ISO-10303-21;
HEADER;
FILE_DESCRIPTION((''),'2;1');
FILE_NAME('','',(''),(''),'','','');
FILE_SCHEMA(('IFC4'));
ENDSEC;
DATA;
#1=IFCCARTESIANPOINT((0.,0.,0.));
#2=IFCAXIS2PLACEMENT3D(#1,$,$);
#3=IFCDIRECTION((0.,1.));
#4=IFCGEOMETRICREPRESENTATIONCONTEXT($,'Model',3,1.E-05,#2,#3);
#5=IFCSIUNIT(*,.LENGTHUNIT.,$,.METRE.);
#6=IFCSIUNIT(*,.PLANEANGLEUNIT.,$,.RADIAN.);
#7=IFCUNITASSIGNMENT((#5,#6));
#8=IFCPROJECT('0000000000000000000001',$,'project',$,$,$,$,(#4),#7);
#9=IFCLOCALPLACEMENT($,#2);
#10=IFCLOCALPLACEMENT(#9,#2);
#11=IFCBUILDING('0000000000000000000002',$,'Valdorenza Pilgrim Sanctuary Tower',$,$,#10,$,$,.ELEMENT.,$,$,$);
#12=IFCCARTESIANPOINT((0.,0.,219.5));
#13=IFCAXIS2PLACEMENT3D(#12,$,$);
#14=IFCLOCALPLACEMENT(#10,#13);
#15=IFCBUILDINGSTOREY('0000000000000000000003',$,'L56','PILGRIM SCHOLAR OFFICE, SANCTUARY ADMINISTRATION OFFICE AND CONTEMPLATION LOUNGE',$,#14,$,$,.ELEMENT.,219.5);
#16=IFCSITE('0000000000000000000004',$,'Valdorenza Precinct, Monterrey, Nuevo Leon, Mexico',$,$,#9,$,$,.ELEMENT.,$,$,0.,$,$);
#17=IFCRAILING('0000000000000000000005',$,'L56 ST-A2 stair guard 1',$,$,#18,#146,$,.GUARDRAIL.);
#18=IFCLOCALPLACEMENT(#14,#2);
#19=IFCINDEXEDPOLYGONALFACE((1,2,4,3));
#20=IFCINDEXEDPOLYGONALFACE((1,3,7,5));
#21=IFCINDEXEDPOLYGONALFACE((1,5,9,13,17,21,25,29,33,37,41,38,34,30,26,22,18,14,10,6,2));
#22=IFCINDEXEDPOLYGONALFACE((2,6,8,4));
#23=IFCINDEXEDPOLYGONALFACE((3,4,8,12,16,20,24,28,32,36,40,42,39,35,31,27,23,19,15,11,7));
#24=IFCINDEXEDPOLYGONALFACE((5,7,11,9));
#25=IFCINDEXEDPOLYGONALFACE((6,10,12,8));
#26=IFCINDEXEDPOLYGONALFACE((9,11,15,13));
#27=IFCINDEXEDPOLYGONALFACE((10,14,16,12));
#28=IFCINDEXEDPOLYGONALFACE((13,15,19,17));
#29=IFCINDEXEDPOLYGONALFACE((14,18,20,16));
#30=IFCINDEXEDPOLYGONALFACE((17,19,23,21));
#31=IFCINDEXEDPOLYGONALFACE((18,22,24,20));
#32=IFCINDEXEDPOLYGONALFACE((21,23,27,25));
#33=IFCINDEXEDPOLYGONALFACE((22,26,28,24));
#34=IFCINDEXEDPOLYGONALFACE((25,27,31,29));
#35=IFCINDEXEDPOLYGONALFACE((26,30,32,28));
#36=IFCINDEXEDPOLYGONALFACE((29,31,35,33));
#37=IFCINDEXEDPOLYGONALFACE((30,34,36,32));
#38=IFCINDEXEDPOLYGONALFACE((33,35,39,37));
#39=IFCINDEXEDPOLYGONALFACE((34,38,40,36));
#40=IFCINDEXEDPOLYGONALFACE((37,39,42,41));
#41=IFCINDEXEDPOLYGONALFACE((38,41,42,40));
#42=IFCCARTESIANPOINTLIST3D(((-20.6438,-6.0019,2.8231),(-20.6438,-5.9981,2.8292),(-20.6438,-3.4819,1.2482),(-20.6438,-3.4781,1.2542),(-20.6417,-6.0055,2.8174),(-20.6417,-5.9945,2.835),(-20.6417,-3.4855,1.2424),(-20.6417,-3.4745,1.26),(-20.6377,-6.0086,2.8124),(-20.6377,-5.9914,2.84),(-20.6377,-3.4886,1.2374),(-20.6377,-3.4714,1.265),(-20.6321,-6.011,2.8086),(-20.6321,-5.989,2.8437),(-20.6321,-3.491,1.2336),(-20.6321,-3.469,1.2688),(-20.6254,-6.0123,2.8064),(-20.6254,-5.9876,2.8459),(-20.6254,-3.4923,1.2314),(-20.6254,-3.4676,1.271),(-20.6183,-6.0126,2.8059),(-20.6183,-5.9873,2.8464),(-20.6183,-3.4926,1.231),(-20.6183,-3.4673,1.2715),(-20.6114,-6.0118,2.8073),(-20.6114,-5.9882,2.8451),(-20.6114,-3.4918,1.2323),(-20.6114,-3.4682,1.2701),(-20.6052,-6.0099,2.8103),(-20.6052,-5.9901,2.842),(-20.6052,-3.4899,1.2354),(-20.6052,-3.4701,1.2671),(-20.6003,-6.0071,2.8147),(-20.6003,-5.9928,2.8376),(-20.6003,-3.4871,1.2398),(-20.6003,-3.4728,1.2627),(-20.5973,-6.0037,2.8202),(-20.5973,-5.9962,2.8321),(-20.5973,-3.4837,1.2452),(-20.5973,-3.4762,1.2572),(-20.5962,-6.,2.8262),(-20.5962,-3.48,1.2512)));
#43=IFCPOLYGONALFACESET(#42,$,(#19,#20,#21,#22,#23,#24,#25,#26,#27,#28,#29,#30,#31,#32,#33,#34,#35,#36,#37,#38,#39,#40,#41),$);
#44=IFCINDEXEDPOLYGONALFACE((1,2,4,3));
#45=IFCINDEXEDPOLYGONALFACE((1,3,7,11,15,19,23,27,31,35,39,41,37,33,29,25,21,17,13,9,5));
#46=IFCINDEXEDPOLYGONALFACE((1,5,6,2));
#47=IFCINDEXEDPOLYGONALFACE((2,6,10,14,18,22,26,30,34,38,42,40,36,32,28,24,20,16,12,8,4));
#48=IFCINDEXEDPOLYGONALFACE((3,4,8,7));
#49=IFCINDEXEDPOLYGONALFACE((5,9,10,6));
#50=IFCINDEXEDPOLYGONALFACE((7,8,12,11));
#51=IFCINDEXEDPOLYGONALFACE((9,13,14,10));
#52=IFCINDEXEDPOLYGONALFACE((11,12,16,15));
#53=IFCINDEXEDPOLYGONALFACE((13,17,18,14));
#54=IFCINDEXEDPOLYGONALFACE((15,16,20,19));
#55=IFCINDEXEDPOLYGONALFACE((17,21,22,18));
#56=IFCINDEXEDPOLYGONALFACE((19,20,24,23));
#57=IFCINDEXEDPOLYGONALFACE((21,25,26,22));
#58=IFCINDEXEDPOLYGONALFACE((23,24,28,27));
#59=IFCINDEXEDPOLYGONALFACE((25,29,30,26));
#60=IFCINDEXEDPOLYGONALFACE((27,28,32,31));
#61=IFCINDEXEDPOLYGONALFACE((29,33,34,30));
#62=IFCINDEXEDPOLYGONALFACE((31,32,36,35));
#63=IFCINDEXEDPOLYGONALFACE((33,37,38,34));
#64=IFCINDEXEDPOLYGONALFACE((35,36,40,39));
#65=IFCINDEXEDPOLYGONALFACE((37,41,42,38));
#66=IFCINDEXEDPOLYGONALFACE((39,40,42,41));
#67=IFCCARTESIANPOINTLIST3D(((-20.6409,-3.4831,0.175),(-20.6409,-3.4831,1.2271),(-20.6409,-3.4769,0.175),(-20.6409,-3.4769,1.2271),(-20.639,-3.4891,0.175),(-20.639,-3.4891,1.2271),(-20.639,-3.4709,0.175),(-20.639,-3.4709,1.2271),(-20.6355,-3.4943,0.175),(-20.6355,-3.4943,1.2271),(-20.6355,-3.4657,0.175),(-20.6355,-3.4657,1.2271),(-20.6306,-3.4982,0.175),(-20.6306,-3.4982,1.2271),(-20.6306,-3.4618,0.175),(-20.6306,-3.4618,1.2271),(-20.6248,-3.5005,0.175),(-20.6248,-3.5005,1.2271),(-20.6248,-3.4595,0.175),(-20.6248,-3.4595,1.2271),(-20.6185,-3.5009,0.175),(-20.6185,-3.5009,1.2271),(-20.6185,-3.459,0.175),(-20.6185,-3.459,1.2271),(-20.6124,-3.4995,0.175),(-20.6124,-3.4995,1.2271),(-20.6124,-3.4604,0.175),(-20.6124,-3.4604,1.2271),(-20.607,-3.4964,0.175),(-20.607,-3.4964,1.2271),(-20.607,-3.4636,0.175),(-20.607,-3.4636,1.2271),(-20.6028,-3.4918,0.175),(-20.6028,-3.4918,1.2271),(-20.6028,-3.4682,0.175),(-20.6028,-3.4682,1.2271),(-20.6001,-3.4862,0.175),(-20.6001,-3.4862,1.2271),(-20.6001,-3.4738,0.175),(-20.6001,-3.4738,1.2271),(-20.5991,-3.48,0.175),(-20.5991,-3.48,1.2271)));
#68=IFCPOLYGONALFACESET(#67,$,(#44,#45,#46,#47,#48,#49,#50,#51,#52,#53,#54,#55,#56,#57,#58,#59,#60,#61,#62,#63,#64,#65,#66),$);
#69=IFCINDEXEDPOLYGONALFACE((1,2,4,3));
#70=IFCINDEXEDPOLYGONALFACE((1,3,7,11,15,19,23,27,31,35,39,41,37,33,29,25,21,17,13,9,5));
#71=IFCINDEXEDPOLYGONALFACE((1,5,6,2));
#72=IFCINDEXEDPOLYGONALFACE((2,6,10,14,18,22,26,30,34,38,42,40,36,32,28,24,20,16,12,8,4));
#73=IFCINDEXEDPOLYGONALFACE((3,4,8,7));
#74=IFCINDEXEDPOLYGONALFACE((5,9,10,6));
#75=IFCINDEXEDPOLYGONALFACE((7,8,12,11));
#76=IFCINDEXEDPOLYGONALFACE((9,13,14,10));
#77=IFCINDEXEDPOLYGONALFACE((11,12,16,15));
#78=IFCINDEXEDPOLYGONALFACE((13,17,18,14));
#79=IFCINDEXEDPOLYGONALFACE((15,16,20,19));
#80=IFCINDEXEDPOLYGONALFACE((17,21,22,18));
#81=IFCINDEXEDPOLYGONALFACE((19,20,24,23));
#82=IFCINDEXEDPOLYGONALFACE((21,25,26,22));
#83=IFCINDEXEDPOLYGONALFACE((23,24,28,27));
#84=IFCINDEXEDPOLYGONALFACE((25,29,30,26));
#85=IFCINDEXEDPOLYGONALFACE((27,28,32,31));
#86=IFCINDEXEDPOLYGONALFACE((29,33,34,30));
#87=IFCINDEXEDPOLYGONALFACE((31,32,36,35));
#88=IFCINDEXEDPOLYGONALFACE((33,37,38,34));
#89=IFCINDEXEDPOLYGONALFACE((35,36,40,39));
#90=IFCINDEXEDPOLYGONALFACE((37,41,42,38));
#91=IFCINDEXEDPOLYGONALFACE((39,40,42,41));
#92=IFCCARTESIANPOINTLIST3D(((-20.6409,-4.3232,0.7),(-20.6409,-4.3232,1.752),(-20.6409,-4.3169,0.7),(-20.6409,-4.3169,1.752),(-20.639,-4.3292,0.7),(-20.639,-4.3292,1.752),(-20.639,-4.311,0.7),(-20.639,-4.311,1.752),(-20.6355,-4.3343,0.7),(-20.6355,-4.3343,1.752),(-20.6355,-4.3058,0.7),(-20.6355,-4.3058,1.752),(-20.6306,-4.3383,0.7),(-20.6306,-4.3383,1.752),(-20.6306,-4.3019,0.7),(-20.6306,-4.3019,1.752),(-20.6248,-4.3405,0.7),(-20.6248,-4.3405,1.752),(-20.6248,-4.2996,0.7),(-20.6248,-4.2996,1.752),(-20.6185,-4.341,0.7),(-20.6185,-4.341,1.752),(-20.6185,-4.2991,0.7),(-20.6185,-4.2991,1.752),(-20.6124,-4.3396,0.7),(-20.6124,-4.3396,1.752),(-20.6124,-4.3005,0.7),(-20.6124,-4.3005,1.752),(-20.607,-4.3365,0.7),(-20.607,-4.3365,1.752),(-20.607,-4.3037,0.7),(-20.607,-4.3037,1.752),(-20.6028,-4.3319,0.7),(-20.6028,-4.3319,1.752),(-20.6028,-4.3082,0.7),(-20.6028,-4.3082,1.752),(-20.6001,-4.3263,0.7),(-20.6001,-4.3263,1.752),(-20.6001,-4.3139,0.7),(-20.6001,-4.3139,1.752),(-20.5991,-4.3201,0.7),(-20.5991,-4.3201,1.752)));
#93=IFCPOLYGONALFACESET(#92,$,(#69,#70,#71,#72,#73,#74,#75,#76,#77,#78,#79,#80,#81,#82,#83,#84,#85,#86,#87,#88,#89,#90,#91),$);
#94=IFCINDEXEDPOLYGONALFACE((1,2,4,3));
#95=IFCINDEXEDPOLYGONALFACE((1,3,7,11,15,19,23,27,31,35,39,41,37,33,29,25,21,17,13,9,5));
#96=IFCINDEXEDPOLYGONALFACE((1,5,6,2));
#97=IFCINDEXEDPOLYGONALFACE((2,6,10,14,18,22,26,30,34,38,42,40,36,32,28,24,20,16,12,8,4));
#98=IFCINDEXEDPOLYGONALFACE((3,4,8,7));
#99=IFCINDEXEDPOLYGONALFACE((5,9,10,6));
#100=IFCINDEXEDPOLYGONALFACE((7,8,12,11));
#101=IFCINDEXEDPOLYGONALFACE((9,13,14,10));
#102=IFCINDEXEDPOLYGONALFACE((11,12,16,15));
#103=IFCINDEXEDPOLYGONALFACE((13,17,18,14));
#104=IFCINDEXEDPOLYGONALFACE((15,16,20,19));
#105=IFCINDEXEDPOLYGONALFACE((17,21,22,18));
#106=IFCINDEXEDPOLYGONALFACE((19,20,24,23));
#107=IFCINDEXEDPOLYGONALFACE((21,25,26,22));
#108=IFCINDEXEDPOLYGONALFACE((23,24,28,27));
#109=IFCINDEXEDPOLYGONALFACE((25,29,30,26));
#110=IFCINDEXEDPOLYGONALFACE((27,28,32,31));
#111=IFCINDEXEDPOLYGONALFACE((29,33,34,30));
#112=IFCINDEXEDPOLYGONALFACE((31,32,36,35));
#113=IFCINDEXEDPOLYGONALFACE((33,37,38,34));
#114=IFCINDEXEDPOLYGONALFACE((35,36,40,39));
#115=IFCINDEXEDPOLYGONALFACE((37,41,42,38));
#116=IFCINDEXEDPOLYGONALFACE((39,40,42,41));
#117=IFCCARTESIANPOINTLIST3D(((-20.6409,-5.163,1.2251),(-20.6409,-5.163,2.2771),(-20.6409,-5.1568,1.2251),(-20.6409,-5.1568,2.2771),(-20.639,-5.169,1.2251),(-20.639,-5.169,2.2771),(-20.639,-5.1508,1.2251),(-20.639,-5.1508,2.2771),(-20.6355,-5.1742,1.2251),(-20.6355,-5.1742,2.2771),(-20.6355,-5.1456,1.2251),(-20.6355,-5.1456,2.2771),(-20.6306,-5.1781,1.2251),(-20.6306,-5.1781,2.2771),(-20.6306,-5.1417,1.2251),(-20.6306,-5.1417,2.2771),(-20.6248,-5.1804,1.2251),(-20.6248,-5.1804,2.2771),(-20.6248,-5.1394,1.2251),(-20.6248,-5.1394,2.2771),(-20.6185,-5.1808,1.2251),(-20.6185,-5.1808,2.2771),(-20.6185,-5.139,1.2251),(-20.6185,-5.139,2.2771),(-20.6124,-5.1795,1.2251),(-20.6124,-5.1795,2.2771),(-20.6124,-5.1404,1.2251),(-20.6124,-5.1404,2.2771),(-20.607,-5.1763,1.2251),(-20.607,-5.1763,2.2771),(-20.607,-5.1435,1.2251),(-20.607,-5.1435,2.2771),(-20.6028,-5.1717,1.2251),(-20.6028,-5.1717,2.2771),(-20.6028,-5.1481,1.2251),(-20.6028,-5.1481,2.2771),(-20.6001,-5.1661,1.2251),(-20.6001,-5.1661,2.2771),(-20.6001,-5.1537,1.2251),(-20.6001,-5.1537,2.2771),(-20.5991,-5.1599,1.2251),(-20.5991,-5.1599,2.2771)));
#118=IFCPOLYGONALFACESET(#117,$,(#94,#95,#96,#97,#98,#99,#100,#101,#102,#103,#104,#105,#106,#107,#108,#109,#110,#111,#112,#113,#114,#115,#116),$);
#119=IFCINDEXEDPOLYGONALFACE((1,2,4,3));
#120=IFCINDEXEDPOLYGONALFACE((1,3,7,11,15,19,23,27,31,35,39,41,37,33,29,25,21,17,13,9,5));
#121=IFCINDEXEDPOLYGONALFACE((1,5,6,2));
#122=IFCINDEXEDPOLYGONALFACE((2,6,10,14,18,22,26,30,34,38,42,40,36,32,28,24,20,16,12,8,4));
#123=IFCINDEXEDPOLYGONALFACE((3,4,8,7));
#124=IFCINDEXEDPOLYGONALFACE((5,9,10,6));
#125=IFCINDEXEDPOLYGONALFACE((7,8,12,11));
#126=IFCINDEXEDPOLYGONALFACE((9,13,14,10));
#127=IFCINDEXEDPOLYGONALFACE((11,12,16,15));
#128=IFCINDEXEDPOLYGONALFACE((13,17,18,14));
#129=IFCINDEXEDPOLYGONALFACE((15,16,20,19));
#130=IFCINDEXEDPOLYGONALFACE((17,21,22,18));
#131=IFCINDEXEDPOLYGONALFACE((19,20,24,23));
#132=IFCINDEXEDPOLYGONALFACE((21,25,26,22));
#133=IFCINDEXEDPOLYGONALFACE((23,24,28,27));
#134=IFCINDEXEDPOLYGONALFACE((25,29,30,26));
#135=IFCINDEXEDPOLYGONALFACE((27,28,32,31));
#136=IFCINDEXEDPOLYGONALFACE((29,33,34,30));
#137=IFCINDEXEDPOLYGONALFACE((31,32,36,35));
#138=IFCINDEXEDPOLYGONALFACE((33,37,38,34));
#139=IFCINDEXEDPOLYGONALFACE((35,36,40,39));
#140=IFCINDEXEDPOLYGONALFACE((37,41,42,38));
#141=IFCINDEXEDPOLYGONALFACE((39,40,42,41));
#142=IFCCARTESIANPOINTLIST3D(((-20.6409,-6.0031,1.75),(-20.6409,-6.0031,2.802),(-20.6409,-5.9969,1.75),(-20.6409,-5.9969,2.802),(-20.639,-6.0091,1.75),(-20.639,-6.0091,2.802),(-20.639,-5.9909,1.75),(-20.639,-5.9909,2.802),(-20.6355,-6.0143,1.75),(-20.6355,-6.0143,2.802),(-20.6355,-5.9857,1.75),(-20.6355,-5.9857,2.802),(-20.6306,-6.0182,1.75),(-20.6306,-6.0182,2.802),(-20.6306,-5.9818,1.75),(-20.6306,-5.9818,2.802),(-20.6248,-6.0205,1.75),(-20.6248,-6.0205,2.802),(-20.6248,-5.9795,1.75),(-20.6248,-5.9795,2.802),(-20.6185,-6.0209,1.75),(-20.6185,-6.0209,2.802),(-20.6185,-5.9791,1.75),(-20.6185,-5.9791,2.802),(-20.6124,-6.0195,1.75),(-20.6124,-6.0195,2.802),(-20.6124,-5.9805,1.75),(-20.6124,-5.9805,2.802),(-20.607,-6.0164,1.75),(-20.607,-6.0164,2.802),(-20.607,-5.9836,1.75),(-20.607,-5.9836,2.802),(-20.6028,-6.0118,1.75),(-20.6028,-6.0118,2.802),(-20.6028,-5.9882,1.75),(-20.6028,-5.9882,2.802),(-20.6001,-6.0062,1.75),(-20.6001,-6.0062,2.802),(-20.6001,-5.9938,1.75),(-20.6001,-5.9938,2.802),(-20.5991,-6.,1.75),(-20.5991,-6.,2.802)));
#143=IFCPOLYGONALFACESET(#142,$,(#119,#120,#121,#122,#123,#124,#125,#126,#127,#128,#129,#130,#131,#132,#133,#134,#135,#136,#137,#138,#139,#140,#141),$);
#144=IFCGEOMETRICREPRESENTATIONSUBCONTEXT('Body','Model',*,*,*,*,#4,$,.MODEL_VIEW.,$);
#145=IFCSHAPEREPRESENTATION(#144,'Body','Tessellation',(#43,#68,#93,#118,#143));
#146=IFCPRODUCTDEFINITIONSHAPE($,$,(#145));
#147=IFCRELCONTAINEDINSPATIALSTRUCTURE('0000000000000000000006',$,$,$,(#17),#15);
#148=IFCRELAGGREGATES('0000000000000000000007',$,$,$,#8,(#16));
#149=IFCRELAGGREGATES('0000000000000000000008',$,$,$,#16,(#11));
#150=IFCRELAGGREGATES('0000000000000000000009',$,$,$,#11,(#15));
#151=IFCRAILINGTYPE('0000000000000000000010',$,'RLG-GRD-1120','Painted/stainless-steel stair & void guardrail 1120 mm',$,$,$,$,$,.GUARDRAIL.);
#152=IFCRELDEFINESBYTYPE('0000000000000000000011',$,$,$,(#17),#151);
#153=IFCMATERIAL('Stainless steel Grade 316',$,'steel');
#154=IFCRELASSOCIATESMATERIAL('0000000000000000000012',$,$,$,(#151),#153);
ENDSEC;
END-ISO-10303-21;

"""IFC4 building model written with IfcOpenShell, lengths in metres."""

from ifc_helpers import new_model, si_unit, direction, frame, origin, origin_2d, place, context, subcontext, project, spatial, circle, extrude, material, type_object, element, save


model = new_model("IFC4")

# Units and contexts
model_context = context("Model", 3, precision=1e-05, world=origin(), true_north=direction((0.0, 1.0)))
body_context = subcontext(model_context, "Body", "Model", "MODEL_VIEW")
ifc_project = project(units=[si_unit("LENGTHUNIT", "METRE"), si_unit("PLANEANGLEUNIT", "RADIAN")], contexts=[model_context])

# Site, building, storey
site_placement = place(None, origin())
site = spatial("IfcSite", under=ifc_project, at=site_placement, Name="Valdorenza Precinct, Monterrey, Nuevo Leon, Mexico", CompositionType="ELEMENT", RefElevation=0.0)
building_placement = place(site_placement, origin())
building = spatial("IfcBuilding", under=site, at=building_placement, Name="Valdorenza Pilgrim Sanctuary Tower", CompositionType="ELEMENT")
storey_placement = place(building_placement, frame((0.0, 0.0, 219.5)))
storey = spatial("IfcBuildingStorey", under=building, at=storey_placement, Name="L56", Description="PILGRIM SCHOLAR OFFICE, SANCTUARY ADMINISTRATION OFFICE AND CONTEMPLATION LOUNGE", CompositionType="ELEMENT", Elevation=219.5)

# Railing
ifc_material_1 = material(Name="Stainless steel Grade 316", Category="steel")
railing_type_1 = type_object("IfcRailingType", Name="RLG-GRD-1120", Description="Painted/stainless-steel stair & void guardrail 1120 mm", PredefinedType="GUARDRAIL", material=ifc_material_1)
railing_1_placement = place(storey_placement, frame((-20.6201, -3.48, 0.175)))
element("IfcRailing", 1, at=railing_1_placement, inside=storey, type_object=railing_type_1, Name="L56 ST-A2 stair guard 1", PredefinedType="GUARDRAIL", context=body_context, shape_type="SweptSolid", body=[
    extrude(circle(Radius=0.0239, at=origin_2d()), frame((0.0, 0.0, 1.0762), z_axis=(0.0, -0.848008, 0.529984), x_axis=(1.0, 0.0, 0.0)), (0.0, 0.0, 1.0), 2.9717),
    extrude(circle(Radius=0.021, at=origin_2d()), origin(), (0.0, 0.0, 1.0), 1.052),
    extrude(circle(Radius=0.021, at=origin_2d()), frame((0.0, -0.8401, 0.5249)), (0.0, 0.0, 1.0), 1.052),
    extrude(circle(Radius=0.021, at=origin_2d()), frame((0.0, -1.6799, 1.05)), (0.0, 0.0, 1.0), 1.052),
    extrude(circle(Radius=0.021, at=origin_2d()), frame((0.0, -2.52, 1.575)), (0.0, 0.0, 1.0), 1.052),
])

save(model, "model.ifc")
